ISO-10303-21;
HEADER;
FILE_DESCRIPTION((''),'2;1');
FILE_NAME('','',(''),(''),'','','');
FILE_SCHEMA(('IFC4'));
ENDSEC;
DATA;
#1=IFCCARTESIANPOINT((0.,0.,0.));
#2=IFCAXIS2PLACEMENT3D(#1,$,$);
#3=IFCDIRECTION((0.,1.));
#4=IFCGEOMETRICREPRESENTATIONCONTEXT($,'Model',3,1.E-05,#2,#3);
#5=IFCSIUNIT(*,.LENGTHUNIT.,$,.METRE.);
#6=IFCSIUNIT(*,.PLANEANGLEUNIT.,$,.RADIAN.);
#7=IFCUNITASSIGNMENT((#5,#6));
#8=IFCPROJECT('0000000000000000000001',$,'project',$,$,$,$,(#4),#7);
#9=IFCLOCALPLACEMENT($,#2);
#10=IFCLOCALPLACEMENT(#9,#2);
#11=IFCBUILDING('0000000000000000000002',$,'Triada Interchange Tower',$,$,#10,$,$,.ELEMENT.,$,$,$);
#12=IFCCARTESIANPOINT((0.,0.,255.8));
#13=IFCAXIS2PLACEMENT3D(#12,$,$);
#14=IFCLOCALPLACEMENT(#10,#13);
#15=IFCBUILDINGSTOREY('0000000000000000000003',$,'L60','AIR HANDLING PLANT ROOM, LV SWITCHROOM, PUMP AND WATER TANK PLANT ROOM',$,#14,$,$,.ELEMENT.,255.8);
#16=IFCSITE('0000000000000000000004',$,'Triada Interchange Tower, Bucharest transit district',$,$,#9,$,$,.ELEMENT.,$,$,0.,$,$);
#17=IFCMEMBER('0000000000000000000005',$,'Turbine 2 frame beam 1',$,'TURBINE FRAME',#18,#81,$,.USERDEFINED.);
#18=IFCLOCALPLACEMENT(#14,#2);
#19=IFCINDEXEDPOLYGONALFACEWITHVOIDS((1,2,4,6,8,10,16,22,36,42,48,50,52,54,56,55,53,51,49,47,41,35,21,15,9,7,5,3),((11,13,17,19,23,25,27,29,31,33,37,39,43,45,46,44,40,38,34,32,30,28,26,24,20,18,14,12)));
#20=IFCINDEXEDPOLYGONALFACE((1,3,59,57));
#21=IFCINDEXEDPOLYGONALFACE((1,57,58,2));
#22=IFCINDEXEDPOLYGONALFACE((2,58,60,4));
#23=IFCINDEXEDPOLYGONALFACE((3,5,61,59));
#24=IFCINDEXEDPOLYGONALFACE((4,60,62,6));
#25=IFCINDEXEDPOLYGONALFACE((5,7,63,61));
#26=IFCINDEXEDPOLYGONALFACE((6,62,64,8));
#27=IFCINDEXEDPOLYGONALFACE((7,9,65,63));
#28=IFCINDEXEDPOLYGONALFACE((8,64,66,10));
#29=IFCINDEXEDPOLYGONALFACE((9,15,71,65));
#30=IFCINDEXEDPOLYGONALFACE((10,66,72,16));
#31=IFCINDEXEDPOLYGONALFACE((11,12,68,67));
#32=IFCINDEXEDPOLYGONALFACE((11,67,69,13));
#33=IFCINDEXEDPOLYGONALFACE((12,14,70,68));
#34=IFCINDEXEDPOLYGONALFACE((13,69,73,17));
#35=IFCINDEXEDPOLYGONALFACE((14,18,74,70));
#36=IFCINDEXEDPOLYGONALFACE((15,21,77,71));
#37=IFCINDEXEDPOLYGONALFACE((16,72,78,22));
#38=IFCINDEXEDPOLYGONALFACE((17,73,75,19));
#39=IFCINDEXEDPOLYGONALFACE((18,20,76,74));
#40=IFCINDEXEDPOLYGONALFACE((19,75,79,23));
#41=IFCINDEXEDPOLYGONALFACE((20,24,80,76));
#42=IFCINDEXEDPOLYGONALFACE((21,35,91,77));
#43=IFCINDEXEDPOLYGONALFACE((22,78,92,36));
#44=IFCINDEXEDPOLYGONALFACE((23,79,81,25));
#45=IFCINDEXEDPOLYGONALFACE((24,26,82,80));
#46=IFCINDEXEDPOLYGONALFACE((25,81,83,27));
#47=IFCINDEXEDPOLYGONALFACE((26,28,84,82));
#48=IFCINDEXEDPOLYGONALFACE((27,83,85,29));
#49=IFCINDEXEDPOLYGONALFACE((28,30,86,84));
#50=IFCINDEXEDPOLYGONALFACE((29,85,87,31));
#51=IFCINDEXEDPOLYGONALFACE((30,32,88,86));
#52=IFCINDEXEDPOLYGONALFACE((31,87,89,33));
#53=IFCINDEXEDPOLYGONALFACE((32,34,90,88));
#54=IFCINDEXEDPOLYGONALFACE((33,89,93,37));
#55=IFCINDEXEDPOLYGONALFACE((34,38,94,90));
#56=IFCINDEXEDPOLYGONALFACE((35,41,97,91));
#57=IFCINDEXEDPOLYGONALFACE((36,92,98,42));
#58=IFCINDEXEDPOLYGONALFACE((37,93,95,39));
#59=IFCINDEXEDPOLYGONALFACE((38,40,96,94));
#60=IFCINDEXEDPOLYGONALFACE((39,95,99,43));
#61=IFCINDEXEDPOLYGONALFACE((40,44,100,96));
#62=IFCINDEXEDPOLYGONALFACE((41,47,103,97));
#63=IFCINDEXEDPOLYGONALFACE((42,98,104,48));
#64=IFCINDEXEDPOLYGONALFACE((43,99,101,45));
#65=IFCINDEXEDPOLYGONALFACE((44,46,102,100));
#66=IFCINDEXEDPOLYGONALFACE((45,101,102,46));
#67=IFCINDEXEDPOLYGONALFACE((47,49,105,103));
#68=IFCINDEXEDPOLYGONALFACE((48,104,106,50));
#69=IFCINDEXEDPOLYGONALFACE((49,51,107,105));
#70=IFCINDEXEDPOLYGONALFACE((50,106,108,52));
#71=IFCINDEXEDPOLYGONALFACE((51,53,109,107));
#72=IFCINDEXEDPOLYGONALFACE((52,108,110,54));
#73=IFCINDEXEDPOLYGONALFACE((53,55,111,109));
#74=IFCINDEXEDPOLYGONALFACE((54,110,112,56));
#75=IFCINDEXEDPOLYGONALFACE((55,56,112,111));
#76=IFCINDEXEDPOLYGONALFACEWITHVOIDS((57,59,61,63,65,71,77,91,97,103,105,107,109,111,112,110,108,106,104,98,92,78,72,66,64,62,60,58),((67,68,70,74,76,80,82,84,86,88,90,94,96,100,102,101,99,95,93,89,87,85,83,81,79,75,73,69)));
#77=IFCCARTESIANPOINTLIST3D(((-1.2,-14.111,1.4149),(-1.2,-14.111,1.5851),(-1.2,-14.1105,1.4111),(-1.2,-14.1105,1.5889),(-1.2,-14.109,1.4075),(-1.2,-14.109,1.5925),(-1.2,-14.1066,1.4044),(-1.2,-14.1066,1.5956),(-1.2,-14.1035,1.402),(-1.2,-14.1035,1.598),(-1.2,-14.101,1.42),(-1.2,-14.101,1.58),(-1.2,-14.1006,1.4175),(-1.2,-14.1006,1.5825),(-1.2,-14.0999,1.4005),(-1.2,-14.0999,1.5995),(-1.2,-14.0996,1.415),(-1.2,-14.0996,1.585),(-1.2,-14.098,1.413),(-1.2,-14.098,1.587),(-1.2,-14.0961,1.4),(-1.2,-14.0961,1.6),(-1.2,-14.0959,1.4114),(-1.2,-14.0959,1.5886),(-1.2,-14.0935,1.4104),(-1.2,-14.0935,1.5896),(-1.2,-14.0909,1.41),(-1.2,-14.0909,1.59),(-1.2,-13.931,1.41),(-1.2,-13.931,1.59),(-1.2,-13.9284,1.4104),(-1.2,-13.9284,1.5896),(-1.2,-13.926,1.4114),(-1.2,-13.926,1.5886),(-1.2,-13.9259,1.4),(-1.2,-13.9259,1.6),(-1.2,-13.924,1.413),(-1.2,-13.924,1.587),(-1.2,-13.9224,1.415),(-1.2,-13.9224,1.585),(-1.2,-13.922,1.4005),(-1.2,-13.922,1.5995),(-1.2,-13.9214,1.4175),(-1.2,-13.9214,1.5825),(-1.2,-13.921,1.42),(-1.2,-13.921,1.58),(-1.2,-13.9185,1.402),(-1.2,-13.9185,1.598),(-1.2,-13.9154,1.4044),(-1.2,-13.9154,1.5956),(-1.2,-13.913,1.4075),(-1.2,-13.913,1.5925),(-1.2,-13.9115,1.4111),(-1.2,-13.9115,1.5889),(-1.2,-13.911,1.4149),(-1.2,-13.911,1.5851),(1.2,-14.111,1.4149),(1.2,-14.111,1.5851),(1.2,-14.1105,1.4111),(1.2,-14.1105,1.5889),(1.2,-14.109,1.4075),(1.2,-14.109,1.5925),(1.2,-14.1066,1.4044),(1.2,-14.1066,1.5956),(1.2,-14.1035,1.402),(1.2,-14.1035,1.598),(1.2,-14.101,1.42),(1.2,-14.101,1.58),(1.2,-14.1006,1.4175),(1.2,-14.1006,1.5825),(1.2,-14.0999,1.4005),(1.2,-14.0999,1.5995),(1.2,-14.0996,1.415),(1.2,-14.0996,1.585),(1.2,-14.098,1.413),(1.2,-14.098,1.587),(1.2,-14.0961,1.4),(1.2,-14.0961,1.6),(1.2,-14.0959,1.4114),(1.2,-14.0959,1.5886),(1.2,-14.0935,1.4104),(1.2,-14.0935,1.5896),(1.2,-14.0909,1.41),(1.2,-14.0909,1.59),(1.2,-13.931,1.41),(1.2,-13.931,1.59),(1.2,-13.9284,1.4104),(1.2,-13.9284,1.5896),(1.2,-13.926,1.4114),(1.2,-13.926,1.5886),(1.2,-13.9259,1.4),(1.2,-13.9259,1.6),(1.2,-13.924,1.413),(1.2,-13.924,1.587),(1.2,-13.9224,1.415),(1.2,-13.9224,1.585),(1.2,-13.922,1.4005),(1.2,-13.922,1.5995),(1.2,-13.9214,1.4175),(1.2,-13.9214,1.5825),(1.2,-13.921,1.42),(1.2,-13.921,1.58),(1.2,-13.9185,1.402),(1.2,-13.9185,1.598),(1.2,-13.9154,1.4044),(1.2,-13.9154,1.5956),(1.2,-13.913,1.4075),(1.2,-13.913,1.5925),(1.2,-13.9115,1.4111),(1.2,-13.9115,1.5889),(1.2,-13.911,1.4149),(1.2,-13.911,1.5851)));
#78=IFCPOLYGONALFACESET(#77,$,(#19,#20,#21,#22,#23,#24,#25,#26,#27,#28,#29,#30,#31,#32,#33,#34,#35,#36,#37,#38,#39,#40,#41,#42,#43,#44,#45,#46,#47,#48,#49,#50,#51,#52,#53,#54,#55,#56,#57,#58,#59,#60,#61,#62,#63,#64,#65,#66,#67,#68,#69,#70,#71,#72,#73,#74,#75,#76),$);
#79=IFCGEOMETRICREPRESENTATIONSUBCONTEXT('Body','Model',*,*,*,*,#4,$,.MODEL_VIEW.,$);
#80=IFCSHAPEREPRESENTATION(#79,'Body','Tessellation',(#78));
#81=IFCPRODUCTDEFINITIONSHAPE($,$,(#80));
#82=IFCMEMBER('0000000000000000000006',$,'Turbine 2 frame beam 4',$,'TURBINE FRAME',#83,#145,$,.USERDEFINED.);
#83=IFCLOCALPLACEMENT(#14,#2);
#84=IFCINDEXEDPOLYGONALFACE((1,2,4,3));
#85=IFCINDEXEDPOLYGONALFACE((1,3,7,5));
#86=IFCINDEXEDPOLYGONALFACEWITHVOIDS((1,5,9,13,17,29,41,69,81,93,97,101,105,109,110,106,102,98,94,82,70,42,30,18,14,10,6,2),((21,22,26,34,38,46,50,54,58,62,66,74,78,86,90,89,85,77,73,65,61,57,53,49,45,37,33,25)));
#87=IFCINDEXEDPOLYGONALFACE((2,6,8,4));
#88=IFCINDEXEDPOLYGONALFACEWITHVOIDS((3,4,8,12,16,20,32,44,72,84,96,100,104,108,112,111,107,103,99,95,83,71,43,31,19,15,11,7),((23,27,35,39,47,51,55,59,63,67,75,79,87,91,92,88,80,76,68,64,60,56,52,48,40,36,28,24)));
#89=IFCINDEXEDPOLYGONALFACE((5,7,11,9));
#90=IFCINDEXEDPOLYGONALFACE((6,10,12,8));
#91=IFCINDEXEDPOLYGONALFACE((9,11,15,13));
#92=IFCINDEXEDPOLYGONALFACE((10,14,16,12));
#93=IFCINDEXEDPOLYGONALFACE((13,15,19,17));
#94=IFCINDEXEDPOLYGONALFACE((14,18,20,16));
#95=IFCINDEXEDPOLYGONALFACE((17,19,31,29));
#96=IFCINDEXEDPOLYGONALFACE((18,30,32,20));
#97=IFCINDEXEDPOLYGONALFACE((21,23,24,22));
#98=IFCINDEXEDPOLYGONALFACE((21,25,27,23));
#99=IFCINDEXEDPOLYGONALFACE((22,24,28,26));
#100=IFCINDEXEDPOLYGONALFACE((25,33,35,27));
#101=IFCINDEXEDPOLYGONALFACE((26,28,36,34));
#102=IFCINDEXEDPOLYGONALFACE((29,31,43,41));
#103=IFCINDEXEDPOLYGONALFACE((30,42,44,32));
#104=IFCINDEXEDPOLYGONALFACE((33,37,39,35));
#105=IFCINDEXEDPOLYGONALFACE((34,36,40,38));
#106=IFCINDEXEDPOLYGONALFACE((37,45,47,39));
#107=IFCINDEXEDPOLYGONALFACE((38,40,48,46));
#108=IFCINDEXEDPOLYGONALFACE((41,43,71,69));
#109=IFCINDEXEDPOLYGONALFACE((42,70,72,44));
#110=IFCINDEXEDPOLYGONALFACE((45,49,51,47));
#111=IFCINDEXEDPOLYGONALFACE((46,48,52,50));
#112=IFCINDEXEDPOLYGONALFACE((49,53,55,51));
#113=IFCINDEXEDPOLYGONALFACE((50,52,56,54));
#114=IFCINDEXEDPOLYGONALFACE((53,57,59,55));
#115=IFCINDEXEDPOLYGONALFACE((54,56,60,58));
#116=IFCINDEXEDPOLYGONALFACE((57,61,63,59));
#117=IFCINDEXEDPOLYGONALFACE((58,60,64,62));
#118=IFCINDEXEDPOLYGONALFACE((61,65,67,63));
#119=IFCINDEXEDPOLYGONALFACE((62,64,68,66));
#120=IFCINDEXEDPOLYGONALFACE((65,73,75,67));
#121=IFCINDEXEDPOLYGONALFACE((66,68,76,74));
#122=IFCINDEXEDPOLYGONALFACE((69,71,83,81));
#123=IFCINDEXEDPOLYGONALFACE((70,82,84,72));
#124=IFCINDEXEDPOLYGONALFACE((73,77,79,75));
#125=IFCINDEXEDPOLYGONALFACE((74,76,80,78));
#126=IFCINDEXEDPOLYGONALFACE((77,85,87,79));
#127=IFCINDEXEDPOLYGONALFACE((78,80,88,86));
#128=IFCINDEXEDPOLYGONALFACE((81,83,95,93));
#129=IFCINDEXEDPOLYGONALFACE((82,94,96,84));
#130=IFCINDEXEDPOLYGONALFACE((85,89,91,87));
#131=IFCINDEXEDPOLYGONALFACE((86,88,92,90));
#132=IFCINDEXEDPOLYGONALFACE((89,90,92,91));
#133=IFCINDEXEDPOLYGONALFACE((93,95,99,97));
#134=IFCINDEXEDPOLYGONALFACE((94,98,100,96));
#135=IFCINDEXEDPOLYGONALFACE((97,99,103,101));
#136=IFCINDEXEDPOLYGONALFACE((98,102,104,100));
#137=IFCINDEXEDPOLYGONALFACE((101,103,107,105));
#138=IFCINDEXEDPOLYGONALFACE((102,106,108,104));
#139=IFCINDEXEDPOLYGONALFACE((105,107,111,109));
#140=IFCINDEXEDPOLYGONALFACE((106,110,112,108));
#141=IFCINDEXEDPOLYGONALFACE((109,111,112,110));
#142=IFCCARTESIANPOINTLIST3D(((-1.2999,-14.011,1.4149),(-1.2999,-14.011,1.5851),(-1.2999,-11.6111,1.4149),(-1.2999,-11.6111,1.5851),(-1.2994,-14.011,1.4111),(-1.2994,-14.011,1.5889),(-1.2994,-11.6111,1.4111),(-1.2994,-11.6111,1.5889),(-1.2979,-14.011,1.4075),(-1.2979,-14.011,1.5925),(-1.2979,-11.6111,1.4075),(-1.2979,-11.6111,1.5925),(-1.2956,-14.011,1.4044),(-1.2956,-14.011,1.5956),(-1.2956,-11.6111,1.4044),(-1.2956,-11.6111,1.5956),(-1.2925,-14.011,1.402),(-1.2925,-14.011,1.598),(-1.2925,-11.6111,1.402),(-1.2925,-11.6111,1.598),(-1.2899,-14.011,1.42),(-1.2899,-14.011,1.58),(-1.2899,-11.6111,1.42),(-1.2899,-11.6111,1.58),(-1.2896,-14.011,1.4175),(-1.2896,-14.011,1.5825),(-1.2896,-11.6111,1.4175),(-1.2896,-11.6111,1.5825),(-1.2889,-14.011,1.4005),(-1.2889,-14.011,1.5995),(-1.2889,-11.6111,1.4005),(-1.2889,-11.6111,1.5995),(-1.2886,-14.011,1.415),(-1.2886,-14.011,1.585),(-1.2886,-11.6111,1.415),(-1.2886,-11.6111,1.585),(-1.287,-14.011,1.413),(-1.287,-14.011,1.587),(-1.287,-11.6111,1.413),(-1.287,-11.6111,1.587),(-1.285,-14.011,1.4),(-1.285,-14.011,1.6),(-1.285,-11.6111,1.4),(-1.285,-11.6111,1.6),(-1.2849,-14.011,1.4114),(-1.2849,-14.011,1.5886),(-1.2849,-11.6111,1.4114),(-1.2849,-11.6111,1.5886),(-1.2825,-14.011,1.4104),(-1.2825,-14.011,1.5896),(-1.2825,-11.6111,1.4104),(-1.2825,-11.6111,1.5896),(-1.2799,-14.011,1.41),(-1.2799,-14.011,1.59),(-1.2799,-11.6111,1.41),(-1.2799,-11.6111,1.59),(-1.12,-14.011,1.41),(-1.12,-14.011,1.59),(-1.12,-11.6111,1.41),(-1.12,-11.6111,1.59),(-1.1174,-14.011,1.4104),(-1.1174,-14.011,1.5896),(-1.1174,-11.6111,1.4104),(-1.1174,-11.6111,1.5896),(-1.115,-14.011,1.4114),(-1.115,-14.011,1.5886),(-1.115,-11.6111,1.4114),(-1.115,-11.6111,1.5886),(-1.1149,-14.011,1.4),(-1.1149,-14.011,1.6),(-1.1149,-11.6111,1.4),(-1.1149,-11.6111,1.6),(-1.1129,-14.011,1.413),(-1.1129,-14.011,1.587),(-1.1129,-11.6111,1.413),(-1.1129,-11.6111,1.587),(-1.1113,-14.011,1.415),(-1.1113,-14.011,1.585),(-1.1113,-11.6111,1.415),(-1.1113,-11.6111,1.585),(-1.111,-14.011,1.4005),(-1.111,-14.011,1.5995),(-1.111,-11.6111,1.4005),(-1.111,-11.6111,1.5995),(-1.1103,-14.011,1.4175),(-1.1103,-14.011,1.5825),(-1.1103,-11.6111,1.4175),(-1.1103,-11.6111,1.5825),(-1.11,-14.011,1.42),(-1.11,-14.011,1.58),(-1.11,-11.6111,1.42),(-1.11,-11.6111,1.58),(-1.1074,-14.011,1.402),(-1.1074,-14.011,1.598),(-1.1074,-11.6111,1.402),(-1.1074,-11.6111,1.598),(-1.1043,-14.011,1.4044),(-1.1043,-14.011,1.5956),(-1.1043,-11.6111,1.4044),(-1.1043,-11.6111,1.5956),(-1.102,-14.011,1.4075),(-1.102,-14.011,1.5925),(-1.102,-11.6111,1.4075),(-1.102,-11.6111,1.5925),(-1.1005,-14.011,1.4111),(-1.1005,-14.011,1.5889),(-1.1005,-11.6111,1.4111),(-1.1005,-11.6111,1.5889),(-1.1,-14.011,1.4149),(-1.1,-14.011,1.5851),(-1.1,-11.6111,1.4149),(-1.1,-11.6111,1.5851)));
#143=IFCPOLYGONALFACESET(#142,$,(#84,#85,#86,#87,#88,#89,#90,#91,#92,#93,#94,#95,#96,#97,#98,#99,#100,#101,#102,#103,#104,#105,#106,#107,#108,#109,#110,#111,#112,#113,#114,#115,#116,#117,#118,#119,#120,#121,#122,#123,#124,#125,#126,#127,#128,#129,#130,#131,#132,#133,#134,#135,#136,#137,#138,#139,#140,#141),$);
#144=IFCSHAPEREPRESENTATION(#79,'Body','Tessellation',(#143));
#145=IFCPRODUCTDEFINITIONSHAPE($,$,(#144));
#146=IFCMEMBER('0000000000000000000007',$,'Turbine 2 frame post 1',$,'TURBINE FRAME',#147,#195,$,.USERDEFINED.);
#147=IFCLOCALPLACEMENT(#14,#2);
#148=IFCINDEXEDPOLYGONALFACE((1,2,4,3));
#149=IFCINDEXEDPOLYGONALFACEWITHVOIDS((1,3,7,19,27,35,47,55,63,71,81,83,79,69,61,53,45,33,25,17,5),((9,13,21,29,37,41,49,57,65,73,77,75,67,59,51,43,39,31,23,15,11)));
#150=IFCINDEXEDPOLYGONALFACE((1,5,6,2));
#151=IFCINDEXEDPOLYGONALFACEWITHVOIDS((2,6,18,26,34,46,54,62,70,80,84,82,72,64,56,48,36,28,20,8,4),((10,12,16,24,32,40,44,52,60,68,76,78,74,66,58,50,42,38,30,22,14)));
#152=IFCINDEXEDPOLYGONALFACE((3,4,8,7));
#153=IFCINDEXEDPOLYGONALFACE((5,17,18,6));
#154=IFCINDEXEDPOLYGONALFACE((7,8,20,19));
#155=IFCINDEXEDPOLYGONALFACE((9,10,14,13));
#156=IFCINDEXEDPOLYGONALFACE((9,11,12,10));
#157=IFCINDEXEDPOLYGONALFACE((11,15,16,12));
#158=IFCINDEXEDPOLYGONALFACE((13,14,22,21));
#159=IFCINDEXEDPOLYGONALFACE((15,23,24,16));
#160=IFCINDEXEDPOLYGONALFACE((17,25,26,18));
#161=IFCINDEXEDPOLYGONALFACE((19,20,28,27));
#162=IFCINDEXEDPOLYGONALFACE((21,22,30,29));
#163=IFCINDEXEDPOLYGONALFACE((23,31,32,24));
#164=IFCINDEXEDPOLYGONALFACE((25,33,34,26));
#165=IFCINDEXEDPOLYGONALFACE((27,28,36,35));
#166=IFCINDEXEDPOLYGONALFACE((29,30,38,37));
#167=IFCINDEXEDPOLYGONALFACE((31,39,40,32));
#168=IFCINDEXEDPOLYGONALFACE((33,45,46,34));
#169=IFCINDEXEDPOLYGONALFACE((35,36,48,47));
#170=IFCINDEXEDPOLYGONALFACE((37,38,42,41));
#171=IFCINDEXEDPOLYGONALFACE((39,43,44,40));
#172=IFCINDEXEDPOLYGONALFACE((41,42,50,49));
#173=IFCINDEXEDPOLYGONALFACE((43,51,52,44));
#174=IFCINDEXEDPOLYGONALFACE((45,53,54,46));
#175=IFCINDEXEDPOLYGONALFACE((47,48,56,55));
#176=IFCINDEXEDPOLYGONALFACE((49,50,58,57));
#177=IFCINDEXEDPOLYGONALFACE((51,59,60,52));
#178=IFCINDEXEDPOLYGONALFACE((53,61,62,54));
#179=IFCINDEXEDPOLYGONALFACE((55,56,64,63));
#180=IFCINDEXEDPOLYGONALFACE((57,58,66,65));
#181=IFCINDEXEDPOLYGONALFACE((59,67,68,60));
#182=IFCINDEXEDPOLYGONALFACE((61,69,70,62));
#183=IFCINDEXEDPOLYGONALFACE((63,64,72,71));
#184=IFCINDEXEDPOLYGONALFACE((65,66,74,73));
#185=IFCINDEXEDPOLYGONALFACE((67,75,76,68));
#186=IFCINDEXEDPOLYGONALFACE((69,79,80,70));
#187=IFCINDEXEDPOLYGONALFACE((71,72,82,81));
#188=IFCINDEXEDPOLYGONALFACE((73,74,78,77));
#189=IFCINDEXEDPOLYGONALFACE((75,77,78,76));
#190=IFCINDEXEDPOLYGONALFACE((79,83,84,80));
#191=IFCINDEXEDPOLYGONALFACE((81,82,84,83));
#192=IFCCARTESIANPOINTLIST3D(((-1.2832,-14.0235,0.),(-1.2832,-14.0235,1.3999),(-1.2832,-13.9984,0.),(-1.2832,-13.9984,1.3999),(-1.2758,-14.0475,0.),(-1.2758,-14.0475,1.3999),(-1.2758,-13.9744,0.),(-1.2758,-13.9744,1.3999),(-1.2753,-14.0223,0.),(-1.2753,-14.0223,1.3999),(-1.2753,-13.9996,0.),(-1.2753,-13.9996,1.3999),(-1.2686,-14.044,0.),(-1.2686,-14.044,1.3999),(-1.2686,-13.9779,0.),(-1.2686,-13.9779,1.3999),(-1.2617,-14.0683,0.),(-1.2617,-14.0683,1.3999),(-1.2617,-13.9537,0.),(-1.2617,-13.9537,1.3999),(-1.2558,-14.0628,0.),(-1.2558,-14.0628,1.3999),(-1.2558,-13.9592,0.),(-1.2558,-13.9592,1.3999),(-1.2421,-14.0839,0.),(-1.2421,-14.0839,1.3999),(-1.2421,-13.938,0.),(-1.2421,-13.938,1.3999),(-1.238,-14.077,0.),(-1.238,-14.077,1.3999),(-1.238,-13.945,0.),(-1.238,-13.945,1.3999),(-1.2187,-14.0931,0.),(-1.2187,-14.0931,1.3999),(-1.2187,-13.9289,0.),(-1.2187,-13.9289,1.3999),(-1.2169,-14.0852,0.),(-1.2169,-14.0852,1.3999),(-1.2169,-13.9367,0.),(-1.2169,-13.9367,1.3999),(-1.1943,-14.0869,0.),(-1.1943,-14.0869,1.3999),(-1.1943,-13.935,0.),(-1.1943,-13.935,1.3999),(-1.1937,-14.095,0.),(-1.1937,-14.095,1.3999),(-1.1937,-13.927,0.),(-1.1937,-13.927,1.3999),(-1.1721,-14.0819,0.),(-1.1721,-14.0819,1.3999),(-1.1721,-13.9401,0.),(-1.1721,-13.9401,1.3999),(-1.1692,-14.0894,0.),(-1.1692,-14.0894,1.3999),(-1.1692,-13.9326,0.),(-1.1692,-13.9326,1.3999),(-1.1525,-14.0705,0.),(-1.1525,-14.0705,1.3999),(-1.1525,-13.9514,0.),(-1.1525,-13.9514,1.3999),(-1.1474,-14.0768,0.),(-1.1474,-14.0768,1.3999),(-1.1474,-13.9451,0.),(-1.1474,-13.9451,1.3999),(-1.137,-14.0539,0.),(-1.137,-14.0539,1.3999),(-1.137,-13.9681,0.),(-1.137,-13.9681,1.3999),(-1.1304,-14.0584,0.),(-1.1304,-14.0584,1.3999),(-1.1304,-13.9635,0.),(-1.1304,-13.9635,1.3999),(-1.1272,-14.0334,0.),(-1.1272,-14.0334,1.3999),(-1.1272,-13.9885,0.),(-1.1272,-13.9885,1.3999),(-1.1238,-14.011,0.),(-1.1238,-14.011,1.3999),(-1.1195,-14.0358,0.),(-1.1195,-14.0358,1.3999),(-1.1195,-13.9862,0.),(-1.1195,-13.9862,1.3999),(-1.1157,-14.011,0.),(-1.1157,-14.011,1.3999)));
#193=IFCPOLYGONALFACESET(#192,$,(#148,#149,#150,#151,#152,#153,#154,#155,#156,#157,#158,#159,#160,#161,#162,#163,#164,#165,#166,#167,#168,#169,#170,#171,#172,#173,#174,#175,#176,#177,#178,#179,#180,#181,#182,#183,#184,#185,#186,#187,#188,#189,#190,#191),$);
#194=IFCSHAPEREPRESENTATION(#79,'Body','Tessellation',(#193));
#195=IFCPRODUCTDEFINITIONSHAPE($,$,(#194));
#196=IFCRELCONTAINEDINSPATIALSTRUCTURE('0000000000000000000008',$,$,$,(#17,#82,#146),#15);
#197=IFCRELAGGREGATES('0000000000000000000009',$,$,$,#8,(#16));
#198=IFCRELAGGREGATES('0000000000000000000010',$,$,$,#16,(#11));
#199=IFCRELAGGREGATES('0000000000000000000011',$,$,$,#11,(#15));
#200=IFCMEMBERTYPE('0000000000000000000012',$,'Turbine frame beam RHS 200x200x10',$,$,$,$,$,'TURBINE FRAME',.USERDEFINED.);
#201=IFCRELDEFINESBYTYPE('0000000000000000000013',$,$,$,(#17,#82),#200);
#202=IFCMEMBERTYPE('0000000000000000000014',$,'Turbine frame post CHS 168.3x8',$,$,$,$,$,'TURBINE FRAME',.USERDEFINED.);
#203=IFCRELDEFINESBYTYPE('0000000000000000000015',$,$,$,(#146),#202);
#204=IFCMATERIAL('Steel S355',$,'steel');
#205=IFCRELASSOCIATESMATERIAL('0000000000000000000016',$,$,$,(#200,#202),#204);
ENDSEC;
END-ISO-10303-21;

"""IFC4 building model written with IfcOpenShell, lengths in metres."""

from ifc_helpers import new_model, si_unit, direction, frame, origin, origin_2d, place, context, subcontext, project, spatial, hollow_rectangle, hollow_circle, extrude, material, material_profile, profile_set, type_object, element, save


model = new_model("IFC4")

# Units and contexts
model_context = context("Model", 3, precision=1e-05, world=origin(), true_north=direction((0.0, 1.0)))
body_context = subcontext(model_context, "Body", "Model", "MODEL_VIEW")
ifc_project = project(units=[si_unit("LENGTHUNIT", "METRE"), si_unit("PLANEANGLEUNIT", "RADIAN")], contexts=[model_context])

# Site, building, storey
site_placement = place(None, origin())
site = spatial("IfcSite", under=ifc_project, at=site_placement, Name="Triada Interchange Tower, Bucharest transit district", CompositionType="ELEMENT", RefElevation=0.0)
building_placement = place(site_placement, origin())
building = spatial("IfcBuilding", under=site, at=building_placement, Name="Triada Interchange Tower", CompositionType="ELEMENT")
storey_placement = place(building_placement, frame((0.0, 0.0, 255.8)))
storey = spatial("IfcBuildingStorey", under=building, at=storey_placement, Name="L60", Description="AIR HANDLING PLANT ROOM, LV SWITCHROOM, PUMP AND WATER TANK PLANT ROOM", CompositionType="ELEMENT", Elevation=255.8)

# Members
ifc_material_1 = material(Name="Steel S355", Category="steel")
ifc_material_profile_1 = material_profile(ifc_material_1, hollow_rectangle(XDim=0.2, YDim=0.2, WallThickness=0.01, InnerFilletRadius=0.01, OuterFilletRadius=0.0149, at=origin_2d()), Name="RHS 200x200x10")
ifc_profile_set_1 = profile_set([ifc_material_profile_1], Name="Steel S355")
member_type_1 = type_object("IfcMemberType", Name="Turbine frame beam RHS 200x200x10", ElementType="TURBINE FRAME", PredefinedType="USERDEFINED", material=ifc_profile_set_1)
for number, where, z_axis, x_axis, name in (
    (1, (-1.2, -14.011, 1.5), (1.0, 0.0, 0.0), (0.0, 1.0, 0.0), "Turbine 2 frame beam 1"),
    (2, (-1.2, -11.6111, 1.5), (0.0, -1.0, 0.0), (1.0, 0.0, 0.0), "Turbine 2 frame beam 4"),
):
    element("IfcMember", number, at=place(storey_placement, frame(where, z_axis=z_axis, x_axis=x_axis)), inside=storey, type_object=member_type_1, Name=name, ObjectType="TURBINE FRAME", PredefinedType="USERDEFINED", context=body_context, shape_type="SweptSolid", body=[
        extrude(hollow_rectangle(XDim=0.2, YDim=0.2, WallThickness=0.01, InnerFilletRadius=0.01, OuterFilletRadius=0.0149, at=origin_2d()), origin(), (0.0, 0.0, 1.0), 2.3999),
    ])
ifc_material_profile_2 = material_profile(ifc_material_1, hollow_circle(Radius=0.0842, WallThickness=0.0081, at=origin_2d()), Name="CHS 168.3x8")
ifc_profile_set_2 = profile_set([ifc_material_profile_2], Name="Steel S355")
member_type_2 = type_object("IfcMemberType", Name="Turbine frame post CHS 168.3x8", ElementType="TURBINE FRAME", PredefinedType="USERDEFINED", material=ifc_profile_set_2)
for number, where, z_axis, x_axis, name in (
    (3, (-1.2, -14.011, 0.0), (0.0, 0.0, 1.0), (1.0, 0.0, 0.0), "Turbine 2 frame post 1"),
):
    element("IfcMember", number, at=place(storey_placement, frame(where, z_axis=z_axis, x_axis=x_axis)), inside=storey, type_object=member_type_2, Name=name, ObjectType="TURBINE FRAME", PredefinedType="USERDEFINED", context=body_context, shape_type="SweptSolid", body=[
        extrude(hollow_circle(Radius=0.0842, WallThickness=0.0081, at=origin_2d()), origin(), (0.0, 0.0, 1.0), 1.3999),
    ])

save(model, "model.ifc")
